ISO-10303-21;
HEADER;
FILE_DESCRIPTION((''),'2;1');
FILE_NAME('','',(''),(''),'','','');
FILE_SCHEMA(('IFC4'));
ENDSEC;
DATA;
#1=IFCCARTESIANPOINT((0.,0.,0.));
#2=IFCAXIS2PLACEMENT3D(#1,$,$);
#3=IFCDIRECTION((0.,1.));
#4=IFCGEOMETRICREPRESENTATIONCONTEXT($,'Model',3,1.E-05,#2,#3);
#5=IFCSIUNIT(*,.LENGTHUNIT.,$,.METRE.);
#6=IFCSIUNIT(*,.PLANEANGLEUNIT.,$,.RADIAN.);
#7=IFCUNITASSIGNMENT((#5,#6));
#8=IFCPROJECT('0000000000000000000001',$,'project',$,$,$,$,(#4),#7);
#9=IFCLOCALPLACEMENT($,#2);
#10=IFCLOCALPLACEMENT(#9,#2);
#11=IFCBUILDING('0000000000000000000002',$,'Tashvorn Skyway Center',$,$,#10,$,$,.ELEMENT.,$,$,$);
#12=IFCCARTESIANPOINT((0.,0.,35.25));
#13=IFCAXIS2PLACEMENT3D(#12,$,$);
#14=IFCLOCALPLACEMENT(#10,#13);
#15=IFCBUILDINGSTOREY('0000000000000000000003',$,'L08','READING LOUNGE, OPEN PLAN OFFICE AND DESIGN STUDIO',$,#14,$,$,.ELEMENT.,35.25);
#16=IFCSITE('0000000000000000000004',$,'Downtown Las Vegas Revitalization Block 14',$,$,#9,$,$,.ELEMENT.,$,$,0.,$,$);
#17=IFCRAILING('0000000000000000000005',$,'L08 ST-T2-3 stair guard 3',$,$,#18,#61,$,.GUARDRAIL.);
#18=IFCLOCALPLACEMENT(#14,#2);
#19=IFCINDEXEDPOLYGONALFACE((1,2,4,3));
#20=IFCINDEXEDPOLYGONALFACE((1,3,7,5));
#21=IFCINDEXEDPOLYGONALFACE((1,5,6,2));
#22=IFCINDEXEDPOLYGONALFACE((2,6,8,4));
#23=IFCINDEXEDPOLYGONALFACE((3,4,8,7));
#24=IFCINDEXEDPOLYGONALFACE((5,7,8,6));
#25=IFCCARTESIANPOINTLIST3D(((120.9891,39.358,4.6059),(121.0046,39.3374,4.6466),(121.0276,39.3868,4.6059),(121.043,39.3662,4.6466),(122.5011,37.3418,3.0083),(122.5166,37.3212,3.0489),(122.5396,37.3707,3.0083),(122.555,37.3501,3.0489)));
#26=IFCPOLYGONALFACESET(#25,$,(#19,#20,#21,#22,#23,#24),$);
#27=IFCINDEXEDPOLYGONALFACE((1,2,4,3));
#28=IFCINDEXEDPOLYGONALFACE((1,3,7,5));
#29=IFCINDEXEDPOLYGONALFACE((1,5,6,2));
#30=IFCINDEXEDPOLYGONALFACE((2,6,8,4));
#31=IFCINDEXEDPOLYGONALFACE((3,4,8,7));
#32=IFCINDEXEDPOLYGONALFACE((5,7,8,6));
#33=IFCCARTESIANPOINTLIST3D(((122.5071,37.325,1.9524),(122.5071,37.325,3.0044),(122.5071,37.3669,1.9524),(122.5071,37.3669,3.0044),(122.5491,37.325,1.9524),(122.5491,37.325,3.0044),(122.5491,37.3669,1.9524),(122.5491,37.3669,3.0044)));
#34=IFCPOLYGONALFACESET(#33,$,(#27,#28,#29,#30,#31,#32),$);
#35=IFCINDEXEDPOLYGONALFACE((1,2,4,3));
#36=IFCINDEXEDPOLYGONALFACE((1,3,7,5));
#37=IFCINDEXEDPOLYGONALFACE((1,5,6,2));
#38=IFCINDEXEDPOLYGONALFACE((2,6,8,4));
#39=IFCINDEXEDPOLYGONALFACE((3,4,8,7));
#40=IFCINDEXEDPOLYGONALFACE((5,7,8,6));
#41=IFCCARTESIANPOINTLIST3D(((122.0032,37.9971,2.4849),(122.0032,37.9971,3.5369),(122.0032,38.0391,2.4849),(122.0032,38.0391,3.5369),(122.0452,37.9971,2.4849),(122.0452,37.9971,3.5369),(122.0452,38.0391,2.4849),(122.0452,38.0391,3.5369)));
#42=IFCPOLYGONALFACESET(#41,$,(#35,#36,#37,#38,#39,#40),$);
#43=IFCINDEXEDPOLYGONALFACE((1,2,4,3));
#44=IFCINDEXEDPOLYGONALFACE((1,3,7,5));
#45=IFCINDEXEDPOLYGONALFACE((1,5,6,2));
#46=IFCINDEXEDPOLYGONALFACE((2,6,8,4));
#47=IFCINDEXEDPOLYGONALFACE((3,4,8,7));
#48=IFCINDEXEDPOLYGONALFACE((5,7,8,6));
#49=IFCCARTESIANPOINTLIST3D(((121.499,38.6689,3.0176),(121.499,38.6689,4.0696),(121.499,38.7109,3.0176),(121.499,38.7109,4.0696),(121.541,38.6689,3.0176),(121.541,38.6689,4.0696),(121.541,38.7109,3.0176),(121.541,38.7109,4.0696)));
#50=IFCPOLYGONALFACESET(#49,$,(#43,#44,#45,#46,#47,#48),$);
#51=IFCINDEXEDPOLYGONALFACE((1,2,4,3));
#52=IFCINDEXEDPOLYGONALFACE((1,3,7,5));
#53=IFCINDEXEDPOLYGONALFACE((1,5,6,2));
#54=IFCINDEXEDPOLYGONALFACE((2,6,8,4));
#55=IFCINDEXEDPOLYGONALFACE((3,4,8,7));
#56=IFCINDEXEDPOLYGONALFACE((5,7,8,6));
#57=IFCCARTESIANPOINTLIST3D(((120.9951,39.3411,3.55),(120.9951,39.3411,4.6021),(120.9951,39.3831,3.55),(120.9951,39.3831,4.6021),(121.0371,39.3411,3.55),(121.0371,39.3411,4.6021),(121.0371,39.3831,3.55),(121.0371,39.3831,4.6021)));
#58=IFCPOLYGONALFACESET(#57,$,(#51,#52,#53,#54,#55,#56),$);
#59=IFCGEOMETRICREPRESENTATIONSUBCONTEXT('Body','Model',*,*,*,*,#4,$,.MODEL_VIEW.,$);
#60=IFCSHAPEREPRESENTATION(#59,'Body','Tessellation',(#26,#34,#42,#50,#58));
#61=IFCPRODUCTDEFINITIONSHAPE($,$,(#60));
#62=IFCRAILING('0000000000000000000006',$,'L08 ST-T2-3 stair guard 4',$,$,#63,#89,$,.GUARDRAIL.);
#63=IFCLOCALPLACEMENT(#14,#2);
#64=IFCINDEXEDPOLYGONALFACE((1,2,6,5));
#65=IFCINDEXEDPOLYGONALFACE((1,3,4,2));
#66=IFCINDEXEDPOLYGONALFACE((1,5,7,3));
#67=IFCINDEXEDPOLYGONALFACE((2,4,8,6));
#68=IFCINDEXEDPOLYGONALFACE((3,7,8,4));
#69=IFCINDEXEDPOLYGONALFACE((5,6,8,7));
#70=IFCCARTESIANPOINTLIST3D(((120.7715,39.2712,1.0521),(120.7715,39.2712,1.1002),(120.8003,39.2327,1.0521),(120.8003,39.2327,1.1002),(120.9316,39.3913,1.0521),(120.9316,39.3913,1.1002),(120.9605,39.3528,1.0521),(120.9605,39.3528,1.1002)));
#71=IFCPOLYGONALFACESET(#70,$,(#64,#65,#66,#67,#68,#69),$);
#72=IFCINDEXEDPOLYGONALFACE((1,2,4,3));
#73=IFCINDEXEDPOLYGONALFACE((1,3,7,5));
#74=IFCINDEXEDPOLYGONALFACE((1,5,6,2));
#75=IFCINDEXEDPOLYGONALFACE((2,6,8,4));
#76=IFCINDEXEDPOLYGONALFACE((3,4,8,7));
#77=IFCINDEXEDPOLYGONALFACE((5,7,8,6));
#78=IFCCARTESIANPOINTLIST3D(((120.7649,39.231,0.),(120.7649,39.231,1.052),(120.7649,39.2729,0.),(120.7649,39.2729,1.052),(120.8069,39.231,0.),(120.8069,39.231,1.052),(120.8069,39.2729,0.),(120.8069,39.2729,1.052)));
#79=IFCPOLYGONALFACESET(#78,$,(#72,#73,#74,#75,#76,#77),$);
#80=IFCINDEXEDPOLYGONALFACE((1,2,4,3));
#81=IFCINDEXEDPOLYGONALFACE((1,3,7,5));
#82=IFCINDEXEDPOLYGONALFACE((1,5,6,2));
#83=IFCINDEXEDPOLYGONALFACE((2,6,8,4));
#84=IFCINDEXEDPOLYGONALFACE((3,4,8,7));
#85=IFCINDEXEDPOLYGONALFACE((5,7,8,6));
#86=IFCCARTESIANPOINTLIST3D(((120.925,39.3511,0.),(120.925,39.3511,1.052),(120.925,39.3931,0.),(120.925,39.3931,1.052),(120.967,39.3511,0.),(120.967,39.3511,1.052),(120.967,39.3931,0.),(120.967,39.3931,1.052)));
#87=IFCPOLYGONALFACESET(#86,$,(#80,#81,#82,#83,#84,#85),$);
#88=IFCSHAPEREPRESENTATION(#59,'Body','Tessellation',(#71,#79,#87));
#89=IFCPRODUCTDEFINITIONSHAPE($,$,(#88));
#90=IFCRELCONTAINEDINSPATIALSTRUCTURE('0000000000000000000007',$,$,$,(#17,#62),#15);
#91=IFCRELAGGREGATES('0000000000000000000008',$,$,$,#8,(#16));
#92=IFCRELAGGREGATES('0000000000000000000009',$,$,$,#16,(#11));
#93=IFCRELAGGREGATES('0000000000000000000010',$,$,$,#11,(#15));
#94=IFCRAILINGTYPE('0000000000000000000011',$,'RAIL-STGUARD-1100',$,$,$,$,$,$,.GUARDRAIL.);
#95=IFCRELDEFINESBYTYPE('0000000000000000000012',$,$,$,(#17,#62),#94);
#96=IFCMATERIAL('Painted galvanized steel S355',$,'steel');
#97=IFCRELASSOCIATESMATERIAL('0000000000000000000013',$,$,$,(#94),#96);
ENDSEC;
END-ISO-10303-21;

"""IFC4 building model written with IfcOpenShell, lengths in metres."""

from ifc_helpers import new_model, si_unit, direction, frame, origin, origin_2d, place, context, subcontext, project, spatial, rectangle, extrude, material, type_object, element, save


model = new_model("IFC4")

# Units and contexts
model_context = context("Model", 3, precision=1e-05, world=origin(), true_north=direction((0.0, 1.0)))
body_context = subcontext(model_context, "Body", "Model", "MODEL_VIEW")
ifc_project = project(units=[si_unit("LENGTHUNIT", "METRE"), si_unit("PLANEANGLEUNIT", "RADIAN")], contexts=[model_context])

# Site, building, storey
site_placement = place(None, origin())
site = spatial("IfcSite", under=ifc_project, at=site_placement, Name="Downtown Las Vegas Revitalization Block 14", CompositionType="ELEMENT", RefElevation=0.0)
building_placement = place(site_placement, origin())
building = spatial("IfcBuilding", under=site, at=building_placement, Name="Tashvorn Skyway Center", CompositionType="ELEMENT")
storey_placement = place(building_placement, frame((0.0, 0.0, 35.25)))
storey = spatial("IfcBuildingStorey", under=building, at=storey_placement, Name="L08", Description="READING LOUNGE, OPEN PLAN OFFICE AND DESIGN STUDIO", CompositionType="ELEMENT", Elevation=35.25)

# Railings
ifc_material_1 = material(Name="Painted galvanized steel S355", Category="steel")
railing_type_1 = type_object("IfcRailingType", Name="RAIL-STGUARD-1100", PredefinedType="GUARDRAIL", material=ifc_material_1)
railing_1_placement = place(storey_placement, frame((122.5281, 37.3459, 1.9524)))
element("IfcRailing", 1, at=railing_1_placement, inside=storey, type_object=railing_type_1, Name="L08 ST-T2-3 stair guard 3", PredefinedType="GUARDRAIL", context=body_context, shape_type="SweptSolid", body=[
    extrude(rectangle(XDim=0.0481, YDim=0.0481, at=origin_2d()), frame((0.0, 0.0, 1.0762), z_axis=(-0.506719, 0.675679, 0.535438), x_axis=(-0.800023, -0.599969, 0.0)), (0.0, 0.0, 1.0), 2.9839),
    extrude(rectangle(XDim=0.042, YDim=0.042, at=origin_2d()), origin(), (0.0, 0.0, 1.0), 1.052),
    extrude(rectangle(XDim=0.042, YDim=0.042, at=origin_2d()), frame((-0.5039, 0.6721, 0.5325)), (0.0, 0.0, 1.0), 1.052),
    extrude(rectangle(XDim=0.042, YDim=0.042, at=origin_2d()), frame((-1.0081, 1.344, 1.0652)), (0.0, 0.0, 1.0), 1.052),
    extrude(rectangle(XDim=0.042, YDim=0.042, at=origin_2d()), frame((-1.512, 2.0161, 1.5977)), (0.0, 0.0, 1.0), 1.052),
])
railing_2_placement = place(storey_placement, frame((120.7859, 39.252, 0.0)))
element("IfcRailing", 2, at=railing_2_placement, inside=storey, type_object=railing_type_1, Name="L08 ST-T2-3 stair guard 4", PredefinedType="GUARDRAIL", context=body_context, shape_type="SweptSolid", body=[
    extrude(rectangle(XDim=0.0481, YDim=0.0481, at=origin_2d()), frame((0.0, 0.0, 1.0762), z_axis=(0.8, 0.6, 0.0), x_axis=(-0.6, 0.8, 0.0)), (0.0, 0.0, 1.0), 0.2002),
    extrude(rectangle(XDim=0.042, YDim=0.042, at=origin_2d()), origin(), (0.0, 0.0, 1.0), 1.052),
    extrude(rectangle(XDim=0.042, YDim=0.042, at=origin_2d()), frame((0.1602, 0.1201, 0.0)), (0.0, 0.0, 1.0), 1.052),
])

save(model, "model.ifc")
